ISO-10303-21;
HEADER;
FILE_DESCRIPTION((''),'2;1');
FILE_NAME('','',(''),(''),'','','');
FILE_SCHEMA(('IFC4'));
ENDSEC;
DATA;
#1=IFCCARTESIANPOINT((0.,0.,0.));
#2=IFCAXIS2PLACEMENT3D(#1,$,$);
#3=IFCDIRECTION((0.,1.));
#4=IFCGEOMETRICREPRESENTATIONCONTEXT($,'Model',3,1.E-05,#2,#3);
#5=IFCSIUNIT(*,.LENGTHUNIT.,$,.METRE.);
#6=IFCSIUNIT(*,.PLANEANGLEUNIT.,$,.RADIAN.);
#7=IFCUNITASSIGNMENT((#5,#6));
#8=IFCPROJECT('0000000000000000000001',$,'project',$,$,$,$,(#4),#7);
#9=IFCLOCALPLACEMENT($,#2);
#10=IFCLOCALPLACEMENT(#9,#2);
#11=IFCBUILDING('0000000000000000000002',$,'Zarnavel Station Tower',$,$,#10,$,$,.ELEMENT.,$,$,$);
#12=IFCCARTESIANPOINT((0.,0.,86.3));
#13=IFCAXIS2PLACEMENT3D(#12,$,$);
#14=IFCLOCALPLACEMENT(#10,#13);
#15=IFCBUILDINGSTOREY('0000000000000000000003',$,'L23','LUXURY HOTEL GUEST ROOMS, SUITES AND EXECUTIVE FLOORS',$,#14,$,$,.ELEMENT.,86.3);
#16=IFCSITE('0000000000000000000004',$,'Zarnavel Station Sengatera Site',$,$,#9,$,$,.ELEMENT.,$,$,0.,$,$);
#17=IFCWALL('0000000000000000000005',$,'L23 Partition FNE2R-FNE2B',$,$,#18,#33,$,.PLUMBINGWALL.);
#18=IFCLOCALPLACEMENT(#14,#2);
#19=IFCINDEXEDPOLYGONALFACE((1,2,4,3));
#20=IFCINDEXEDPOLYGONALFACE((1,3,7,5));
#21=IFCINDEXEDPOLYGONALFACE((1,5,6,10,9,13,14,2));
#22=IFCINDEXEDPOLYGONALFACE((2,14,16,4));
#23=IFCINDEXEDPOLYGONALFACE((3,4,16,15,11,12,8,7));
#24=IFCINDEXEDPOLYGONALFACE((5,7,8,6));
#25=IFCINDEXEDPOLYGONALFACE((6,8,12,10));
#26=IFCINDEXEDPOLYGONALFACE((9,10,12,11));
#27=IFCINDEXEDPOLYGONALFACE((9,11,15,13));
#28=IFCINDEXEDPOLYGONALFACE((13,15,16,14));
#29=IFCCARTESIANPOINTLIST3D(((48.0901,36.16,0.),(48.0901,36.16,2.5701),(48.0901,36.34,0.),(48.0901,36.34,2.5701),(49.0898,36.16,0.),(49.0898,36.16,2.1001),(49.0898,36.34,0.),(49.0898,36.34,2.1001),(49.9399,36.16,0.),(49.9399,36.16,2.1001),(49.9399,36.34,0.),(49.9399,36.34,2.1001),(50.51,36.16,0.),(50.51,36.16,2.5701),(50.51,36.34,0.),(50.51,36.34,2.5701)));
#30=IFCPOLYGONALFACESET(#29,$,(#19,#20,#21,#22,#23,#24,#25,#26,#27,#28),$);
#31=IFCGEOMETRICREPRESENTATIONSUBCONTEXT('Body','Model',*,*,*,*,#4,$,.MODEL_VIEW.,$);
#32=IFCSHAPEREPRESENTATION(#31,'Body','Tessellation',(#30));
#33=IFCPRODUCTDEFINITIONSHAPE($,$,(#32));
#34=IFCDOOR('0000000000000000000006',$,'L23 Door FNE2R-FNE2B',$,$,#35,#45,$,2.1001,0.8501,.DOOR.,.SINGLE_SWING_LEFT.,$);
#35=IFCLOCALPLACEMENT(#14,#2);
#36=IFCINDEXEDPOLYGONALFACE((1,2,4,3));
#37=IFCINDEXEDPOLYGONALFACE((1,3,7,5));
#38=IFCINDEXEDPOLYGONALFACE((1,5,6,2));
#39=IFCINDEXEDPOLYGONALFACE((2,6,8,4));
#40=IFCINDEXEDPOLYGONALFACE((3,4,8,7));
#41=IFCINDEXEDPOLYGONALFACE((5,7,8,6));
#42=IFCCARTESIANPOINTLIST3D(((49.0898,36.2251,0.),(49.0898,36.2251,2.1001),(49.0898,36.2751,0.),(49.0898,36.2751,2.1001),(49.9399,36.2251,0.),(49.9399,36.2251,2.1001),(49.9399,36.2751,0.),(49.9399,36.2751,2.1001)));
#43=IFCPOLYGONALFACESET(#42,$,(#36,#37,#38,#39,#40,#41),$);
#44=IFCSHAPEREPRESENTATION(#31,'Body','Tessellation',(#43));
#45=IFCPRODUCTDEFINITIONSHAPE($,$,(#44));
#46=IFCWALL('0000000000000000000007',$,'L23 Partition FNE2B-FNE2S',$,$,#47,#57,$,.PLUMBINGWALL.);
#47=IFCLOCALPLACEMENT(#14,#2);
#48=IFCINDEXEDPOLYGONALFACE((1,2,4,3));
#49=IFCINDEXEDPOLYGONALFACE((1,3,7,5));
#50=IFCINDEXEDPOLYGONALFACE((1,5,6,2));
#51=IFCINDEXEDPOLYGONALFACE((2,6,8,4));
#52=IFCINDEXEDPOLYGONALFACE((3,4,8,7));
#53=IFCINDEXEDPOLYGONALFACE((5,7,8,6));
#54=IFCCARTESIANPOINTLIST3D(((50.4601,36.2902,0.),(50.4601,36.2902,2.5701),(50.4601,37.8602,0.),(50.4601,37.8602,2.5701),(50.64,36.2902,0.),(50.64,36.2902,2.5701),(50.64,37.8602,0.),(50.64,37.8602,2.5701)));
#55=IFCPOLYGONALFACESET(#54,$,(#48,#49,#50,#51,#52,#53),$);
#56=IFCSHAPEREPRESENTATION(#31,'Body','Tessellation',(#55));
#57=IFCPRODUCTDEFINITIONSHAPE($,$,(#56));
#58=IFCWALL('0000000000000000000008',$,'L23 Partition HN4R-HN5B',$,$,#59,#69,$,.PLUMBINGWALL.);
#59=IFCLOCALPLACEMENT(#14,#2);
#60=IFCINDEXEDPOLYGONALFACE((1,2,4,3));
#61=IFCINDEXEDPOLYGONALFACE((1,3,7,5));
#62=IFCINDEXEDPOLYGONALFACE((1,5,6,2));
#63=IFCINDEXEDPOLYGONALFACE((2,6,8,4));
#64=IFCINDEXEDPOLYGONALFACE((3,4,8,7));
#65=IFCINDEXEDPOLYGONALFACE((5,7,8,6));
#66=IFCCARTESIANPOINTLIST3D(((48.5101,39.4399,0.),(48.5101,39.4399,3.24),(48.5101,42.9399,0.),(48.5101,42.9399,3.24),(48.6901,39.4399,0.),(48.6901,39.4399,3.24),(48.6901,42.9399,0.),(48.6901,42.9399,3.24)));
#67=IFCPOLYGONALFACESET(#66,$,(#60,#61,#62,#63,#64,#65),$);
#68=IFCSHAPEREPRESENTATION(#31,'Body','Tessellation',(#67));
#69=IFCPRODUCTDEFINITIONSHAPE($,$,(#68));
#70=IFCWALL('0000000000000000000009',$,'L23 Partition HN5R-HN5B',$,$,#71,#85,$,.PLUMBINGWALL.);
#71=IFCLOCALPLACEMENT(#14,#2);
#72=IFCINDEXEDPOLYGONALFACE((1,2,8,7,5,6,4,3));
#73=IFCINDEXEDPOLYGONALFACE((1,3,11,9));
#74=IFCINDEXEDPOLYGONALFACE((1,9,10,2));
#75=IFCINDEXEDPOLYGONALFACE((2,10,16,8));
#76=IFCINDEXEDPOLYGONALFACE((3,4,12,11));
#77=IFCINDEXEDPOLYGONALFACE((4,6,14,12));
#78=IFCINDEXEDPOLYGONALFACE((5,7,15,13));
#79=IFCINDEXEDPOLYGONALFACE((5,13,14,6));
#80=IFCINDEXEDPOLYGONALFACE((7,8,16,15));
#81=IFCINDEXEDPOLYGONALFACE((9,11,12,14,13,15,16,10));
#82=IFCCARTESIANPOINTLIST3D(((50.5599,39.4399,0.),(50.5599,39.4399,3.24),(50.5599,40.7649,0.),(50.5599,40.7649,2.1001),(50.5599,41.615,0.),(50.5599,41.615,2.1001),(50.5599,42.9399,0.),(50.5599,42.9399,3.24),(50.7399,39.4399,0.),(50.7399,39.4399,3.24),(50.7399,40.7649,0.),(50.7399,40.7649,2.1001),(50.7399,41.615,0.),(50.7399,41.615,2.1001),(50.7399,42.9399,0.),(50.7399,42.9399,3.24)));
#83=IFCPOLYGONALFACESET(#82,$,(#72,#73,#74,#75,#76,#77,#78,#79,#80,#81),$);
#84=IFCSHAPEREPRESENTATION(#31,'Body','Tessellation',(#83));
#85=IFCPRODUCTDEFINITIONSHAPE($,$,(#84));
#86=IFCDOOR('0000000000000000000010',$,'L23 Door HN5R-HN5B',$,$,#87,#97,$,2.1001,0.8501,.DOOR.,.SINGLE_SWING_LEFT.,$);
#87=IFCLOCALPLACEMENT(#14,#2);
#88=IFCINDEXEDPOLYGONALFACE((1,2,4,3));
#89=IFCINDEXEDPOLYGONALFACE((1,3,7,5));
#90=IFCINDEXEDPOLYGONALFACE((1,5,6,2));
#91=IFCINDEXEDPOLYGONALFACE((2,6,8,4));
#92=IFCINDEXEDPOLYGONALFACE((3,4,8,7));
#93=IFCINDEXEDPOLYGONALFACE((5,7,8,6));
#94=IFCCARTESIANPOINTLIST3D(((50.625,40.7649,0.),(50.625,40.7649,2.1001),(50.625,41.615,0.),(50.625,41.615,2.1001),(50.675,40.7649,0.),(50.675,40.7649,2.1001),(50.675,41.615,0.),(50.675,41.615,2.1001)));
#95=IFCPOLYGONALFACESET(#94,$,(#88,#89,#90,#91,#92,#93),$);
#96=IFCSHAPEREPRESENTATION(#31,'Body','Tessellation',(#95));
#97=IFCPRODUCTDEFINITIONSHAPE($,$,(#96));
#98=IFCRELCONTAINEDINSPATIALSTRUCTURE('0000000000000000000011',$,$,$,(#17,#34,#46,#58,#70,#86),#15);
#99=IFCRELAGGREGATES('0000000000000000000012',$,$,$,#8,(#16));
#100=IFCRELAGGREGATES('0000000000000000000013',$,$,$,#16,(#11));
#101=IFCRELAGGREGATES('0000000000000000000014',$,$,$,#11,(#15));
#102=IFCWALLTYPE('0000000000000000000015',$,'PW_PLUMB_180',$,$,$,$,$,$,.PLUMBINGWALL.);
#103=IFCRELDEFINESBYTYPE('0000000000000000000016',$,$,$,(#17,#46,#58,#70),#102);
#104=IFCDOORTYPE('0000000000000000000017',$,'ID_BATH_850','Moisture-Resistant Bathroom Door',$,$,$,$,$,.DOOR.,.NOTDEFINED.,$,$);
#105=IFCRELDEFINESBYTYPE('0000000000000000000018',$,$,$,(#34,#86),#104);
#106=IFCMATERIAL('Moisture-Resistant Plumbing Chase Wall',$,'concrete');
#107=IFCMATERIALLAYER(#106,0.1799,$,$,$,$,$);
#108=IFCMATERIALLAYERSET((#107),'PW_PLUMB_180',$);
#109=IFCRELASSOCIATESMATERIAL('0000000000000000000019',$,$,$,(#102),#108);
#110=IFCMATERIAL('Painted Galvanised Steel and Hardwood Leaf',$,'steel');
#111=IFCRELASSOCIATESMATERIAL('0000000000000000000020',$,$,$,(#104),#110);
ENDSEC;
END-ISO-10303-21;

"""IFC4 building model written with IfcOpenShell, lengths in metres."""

from ifc_helpers import new_model, si_unit, direction, frame, frame_2d, origin, place, context, subcontext, project, spatial, rectangle, extrude, material, layer, layer_set, type_object, element, fill, save


model = new_model("IFC4")

# Units and contexts
model_context = context("Model", 3, precision=1e-05, world=origin(), true_north=direction((0.0, 1.0)))
body_context = subcontext(model_context, "Body", "Model", "MODEL_VIEW")
ifc_project = project(units=[si_unit("LENGTHUNIT", "METRE"), si_unit("PLANEANGLEUNIT", "RADIAN")], contexts=[model_context])

# Site, building, storey
site_placement = place(None, origin())
site = spatial("IfcSite", under=ifc_project, at=site_placement, Name="Zarnavel Station Sengatera Site", CompositionType="ELEMENT", RefElevation=0.0)
building_placement = place(site_placement, origin())
building = spatial("IfcBuilding", under=site, at=building_placement, Name="Zarnavel Station Tower", CompositionType="ELEMENT")
storey_placement = place(building_placement, frame((0.0, 0.0, 86.3)))
storey = spatial("IfcBuildingStorey", under=building, at=storey_placement, Name="L23", Description="LUXURY HOTEL GUEST ROOMS, SUITES AND EXECUTIVE FLOORS", CompositionType="ELEMENT", Elevation=86.3)

# Shared definitions
ifc_material_1 = material(Name="Moisture-Resistant Plumbing Chase Wall", Category="concrete")
ifc_layer_1 = layer(ifc_material_1, 0.1799)
ifc_layer_set_1 = layer_set([ifc_layer_1], Name="PW_PLUMB_180")
wall_type_1 = type_object("IfcWallType", Name="PW_PLUMB_180", PredefinedType="PLUMBINGWALL", material=ifc_layer_set_1)

# Wall, opening, door
wall_1_placement = place(storey_placement, frame((50.51, 36.25, 0.0), z_axis=(0.0, 0.0, 1.0), x_axis=(-1.0, 0.0, 0.0)))
wall_1 = element("IfcWall", 1, at=wall_1_placement, inside=storey, type_object=wall_type_1, Name="L23 Partition FNE2R-FNE2B", PredefinedType="PLUMBINGWALL", context=body_context, shape_type="SweptSolid", body=[
    extrude(rectangle(XDim=2.4199, YDim=0.1799, at=frame_2d((1.21, 0.0))), origin(), (0.0, 0.0, 1.0), 2.5701),
])
opening_1_placement = place(wall_1_placement, frame((0.5701, 0.0, 0.0)))
opening_1 = element("IfcOpeningElement", 2, at=opening_1_placement, cuts=wall_1, PredefinedType="OPENING", context=body_context, shape_type="SweptSolid", body=[
    extrude(rectangle(XDim=0.8501, YDim=2.1001, at=frame_2d((0.425, 1.05))), frame((0.0, 0.0999, 0.0), z_axis=(0.0, -1.0, 0.0), x_axis=(1.0, 0.0, 0.0)), (0.0, 0.0, 1.0), 0.2),
])
ifc_material_2 = material(Name="Painted Galvanised Steel and Hardwood Leaf", Category="steel")
door_type_1 = type_object("IfcDoorType", Name="ID_BATH_850", Description="Moisture-Resistant Bathroom Door", OperationType="NOTDEFINED", PredefinedType="DOOR", material=ifc_material_2)
door_1_placement = place(opening_1_placement, origin())
door_1 = element("IfcDoor", 3, at=door_1_placement, inside=storey, type_object=door_type_1, Name="L23 Door FNE2R-FNE2B", OperationType="SINGLE_SWING_LEFT", OverallHeight=2.1001, OverallWidth=0.8501, PredefinedType="DOOR", context=body_context, shape_type="SweptSolid", body=[
    extrude(rectangle(XDim=0.8501, YDim=2.1001, at=frame_2d((0.425, 1.05))), frame((0.0, 0.0249, 0.0), z_axis=(0.0, -1.0, 0.0), x_axis=(1.0, 0.0, 0.0)), (0.0, 0.0, 1.0), 0.05),
])
fill(opening_1, door_1)

# Walls
wall_2_placement = place(storey_placement, frame((50.55, 36.29, 0.0), z_axis=(0.0, 0.0, 1.0), x_axis=(0.0, 1.0, 0.0)))
element("IfcWall", 4, at=wall_2_placement, inside=storey, type_object=wall_type_1, Name="L23 Partition FNE2B-FNE2S", PredefinedType="PLUMBINGWALL", context=body_context, shape_type="SweptSolid", body=[
    extrude(rectangle(XDim=1.5701, YDim=0.1799, at=frame_2d((0.7852, 0.0))), origin(), (0.0, 0.0, 1.0), 2.5701),
])
wall_3_placement = place(storey_placement, frame((48.6001, 39.4399, 0.0), z_axis=(0.0, 0.0, 1.0), x_axis=(0.0, 1.0, 0.0)))
element("IfcWall", 5, at=wall_3_placement, inside=storey, type_object=wall_type_1, Name="L23 Partition HN4R-HN5B", PredefinedType="PLUMBINGWALL", context=body_context, shape_type="SweptSolid", body=[
    extrude(rectangle(XDim=3.5, YDim=0.1799, at=frame_2d((1.75, 0.0))), origin(), (0.0, 0.0, 1.0), 3.24),
])

# Wall, opening, door
wall_4_placement = place(storey_placement, frame((50.6499, 39.4399, 0.0), z_axis=(0.0, 0.0, 1.0), x_axis=(0.0, 1.0, 0.0)))
wall_4 = element("IfcWall", 6, at=wall_4_placement, inside=storey, type_object=wall_type_1, Name="L23 Partition HN5R-HN5B", PredefinedType="PLUMBINGWALL", context=body_context, shape_type="SweptSolid", body=[
    extrude(rectangle(XDim=3.5, YDim=0.1799, at=frame_2d((1.75, 0.0))), origin(), (0.0, 0.0, 1.0), 3.24),
])
opening_2_placement = place(wall_4_placement, frame((1.325, 0.0, 0.0)))
opening_2 = element("IfcOpeningElement", 7, at=opening_2_placement, cuts=wall_4, PredefinedType="OPENING", context=body_context, shape_type="SweptSolid", body=[
    extrude(rectangle(XDim=0.8501, YDim=2.1001, at=frame_2d((0.425, 1.05))), frame((0.0, 0.0999, 0.0), z_axis=(0.0, -1.0, 0.0), x_axis=(1.0, 0.0, 0.0)), (0.0, 0.0, 1.0), 0.2),
])
door_2_placement = place(opening_2_placement, origin())
door_2 = element("IfcDoor", 8, at=door_2_placement, inside=storey, type_object=door_type_1, Name="L23 Door HN5R-HN5B", OperationType="SINGLE_SWING_LEFT", OverallHeight=2.1001, OverallWidth=0.8501, PredefinedType="DOOR", context=body_context, shape_type="SweptSolid", body=[
    extrude(rectangle(XDim=0.8501, YDim=2.1001, at=frame_2d((0.425, 1.05))), frame((0.0, 0.0249, 0.0), z_axis=(0.0, -1.0, 0.0), x_axis=(1.0, 0.0, 0.0)), (0.0, 0.0, 1.0), 0.05),
])
fill(opening_2, door_2)

save(model, "model.ifc")
